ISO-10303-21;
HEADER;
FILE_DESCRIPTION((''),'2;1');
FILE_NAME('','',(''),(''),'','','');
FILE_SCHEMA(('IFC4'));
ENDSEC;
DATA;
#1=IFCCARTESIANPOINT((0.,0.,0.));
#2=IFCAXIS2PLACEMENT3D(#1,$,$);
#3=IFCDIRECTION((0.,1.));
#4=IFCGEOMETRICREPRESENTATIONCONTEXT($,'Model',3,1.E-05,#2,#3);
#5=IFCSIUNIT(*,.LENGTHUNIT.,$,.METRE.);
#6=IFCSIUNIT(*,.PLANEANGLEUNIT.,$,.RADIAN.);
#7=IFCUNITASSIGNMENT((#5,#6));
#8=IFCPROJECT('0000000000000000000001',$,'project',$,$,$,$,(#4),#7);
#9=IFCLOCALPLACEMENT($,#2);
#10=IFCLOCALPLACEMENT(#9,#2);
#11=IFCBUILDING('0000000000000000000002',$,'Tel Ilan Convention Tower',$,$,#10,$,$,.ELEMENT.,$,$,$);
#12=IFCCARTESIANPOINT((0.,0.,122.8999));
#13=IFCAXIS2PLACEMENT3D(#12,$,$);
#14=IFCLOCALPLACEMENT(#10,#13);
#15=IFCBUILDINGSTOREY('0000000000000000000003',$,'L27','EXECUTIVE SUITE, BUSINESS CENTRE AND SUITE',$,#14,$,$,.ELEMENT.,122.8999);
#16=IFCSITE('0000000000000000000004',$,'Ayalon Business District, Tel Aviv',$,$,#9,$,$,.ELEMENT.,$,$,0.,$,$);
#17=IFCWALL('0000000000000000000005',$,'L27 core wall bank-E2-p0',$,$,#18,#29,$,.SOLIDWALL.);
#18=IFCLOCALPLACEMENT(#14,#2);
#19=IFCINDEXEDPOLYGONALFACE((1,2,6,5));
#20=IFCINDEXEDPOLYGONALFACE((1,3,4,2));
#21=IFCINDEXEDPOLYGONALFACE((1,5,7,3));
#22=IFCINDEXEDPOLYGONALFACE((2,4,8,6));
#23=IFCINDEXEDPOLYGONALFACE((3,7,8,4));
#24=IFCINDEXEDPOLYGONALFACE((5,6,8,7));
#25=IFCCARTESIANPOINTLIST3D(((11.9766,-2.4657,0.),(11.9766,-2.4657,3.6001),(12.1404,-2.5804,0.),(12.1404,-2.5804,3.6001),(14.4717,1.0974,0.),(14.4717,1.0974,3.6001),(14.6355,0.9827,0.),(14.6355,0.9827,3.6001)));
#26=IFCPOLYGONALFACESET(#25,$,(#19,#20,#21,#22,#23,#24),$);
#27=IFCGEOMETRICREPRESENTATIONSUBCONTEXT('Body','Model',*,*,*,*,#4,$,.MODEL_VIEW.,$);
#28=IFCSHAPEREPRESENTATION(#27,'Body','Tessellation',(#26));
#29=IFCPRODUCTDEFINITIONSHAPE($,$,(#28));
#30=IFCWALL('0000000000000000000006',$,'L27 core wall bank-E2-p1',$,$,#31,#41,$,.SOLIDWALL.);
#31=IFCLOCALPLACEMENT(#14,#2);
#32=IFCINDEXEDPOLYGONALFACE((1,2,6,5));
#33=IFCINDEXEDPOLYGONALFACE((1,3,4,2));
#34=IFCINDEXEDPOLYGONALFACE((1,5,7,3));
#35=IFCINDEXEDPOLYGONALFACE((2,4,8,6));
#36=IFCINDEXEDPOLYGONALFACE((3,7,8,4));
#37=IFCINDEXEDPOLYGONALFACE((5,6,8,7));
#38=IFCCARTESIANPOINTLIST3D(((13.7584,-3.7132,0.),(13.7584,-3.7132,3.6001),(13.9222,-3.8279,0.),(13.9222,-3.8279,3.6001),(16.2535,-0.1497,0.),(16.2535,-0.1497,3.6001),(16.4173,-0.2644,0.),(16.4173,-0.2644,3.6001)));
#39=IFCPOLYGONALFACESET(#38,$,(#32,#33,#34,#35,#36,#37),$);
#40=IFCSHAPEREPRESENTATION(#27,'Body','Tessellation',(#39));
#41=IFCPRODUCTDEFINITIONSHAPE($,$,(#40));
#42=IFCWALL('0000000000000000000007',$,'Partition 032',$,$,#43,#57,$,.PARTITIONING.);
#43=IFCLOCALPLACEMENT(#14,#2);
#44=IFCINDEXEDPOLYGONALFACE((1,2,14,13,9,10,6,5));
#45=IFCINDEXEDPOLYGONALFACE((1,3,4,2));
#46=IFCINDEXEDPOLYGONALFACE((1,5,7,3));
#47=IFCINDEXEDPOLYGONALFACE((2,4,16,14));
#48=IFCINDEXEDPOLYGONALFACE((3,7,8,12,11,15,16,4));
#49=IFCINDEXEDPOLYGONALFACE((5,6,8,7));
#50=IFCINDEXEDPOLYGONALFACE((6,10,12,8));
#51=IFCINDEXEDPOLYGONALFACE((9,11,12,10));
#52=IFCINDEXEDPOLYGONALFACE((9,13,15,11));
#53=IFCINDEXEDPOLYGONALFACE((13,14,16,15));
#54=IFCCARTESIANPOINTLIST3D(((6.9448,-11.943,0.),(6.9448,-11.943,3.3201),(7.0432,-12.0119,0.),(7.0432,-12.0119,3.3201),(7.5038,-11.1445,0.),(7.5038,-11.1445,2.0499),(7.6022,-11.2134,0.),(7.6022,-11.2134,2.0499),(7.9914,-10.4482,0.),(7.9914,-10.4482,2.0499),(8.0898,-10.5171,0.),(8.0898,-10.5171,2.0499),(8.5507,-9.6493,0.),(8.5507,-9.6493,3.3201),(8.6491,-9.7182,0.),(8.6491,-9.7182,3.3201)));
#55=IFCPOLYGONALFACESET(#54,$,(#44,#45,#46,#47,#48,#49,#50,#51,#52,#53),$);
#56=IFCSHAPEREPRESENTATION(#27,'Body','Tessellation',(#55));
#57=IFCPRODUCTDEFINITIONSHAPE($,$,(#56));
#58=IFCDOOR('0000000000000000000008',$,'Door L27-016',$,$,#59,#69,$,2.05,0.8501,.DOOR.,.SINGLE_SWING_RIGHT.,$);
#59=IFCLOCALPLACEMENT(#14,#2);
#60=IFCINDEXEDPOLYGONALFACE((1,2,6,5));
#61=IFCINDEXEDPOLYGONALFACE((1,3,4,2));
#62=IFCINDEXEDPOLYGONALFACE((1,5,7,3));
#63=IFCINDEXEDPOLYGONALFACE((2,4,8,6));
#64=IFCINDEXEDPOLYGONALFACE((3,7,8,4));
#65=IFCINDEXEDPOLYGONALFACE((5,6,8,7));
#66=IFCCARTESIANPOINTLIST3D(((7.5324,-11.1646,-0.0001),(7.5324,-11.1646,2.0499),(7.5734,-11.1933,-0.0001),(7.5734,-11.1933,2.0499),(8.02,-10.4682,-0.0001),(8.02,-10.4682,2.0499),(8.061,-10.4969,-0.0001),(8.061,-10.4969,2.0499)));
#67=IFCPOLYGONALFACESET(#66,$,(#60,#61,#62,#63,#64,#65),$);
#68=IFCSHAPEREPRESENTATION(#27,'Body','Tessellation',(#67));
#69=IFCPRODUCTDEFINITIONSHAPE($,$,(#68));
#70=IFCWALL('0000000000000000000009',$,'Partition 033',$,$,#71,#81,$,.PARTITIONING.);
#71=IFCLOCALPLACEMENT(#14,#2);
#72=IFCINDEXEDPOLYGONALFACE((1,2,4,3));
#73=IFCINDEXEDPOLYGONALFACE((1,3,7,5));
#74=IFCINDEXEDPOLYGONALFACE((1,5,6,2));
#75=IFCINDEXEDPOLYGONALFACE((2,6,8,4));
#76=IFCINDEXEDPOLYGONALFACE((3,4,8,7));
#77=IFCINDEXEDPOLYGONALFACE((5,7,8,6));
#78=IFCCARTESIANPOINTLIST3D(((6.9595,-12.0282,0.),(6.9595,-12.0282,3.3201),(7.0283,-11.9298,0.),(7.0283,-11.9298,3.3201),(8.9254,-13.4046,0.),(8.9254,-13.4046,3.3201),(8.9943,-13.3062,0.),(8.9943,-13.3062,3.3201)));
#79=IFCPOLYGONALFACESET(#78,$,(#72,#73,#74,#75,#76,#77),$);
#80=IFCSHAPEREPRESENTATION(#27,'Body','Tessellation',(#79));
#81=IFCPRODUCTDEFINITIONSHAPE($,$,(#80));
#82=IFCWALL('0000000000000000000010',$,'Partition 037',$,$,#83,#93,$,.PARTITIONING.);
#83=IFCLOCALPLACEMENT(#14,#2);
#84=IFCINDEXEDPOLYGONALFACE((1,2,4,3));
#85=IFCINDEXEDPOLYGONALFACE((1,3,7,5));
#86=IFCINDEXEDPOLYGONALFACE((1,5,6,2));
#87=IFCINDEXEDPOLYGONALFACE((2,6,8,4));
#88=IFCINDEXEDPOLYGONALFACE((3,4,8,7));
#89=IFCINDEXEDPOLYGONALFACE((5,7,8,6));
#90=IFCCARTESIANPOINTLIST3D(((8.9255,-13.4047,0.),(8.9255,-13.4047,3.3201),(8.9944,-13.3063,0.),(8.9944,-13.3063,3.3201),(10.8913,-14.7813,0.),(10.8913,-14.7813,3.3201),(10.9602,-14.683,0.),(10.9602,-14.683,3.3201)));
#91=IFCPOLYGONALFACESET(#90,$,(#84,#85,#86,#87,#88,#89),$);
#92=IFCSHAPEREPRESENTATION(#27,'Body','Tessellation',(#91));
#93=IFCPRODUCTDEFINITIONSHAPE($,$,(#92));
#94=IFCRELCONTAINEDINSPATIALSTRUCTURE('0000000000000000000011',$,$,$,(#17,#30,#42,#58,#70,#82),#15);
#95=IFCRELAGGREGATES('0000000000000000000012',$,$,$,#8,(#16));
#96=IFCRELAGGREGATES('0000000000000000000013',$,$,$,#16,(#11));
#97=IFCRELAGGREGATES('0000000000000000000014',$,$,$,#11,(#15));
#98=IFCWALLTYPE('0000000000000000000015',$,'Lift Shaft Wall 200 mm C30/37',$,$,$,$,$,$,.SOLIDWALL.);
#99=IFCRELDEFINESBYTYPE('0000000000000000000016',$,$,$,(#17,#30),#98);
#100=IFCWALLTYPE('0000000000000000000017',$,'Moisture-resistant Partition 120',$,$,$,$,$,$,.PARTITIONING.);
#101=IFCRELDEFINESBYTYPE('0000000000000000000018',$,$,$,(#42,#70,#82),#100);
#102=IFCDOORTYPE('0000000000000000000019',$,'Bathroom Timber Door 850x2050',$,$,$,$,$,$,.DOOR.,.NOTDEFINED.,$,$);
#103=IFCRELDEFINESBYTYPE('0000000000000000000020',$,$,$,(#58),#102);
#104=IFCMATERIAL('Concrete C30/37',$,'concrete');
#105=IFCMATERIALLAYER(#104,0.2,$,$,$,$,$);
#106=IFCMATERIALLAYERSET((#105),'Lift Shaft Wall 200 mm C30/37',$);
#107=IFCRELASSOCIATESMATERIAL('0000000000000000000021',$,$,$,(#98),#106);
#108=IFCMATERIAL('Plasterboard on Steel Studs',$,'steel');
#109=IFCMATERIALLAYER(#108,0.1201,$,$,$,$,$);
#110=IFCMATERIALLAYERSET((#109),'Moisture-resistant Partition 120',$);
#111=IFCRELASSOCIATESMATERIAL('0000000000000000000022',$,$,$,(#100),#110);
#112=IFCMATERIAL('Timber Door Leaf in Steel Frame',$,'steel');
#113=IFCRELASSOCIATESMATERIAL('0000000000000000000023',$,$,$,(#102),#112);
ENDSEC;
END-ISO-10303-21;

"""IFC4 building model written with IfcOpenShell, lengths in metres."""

from ifc_helpers import new_model, si_unit, direction, frame, frame_2d, origin, place, context, subcontext, project, spatial, rectangle, extrude, material, layer, layer_set, type_object, element, fill, save


model = new_model("IFC4")

# Units and contexts
model_context = context("Model", 3, precision=1e-05, world=origin(), true_north=direction((0.0, 1.0)))
body_context = subcontext(model_context, "Body", "Model", "MODEL_VIEW")
ifc_project = project(units=[si_unit("LENGTHUNIT", "METRE"), si_unit("PLANEANGLEUNIT", "RADIAN")], contexts=[model_context])

# Site, building, storey
site_placement = place(None, origin())
site = spatial("IfcSite", under=ifc_project, at=site_placement, Name="Ayalon Business District, Tel Aviv", CompositionType="ELEMENT", RefElevation=0.0)
building_placement = place(site_placement, origin())
building = spatial("IfcBuilding", under=site, at=building_placement, Name="Tel Ilan Convention Tower", CompositionType="ELEMENT")
storey_placement = place(building_placement, frame((0.0, 0.0, 122.8999)))
storey = spatial("IfcBuildingStorey", under=building, at=storey_placement, Name="L27", Description="EXECUTIVE SUITE, BUSINESS CENTRE AND SUITE", CompositionType="ELEMENT", Elevation=122.8999)

# Walls
ifc_material_1 = material(Name="Concrete C30/37", Category="concrete")
ifc_layer_1 = layer(ifc_material_1, 0.2)
ifc_layer_set_1 = layer_set([ifc_layer_1], Name="Lift Shaft Wall 200 mm C30/37")
wall_type_1 = type_object("IfcWallType", Name="Lift Shaft Wall 200 mm C30/37", PredefinedType="SOLIDWALL", material=ifc_layer_set_1)
wall_1_placement = place(storey_placement, frame((12.0586, -2.5229, 0.0), z_axis=(0.0, 0.0, 1.0), x_axis=(0.573594, 0.81914, 0.0)))
element("IfcWall", 1, at=wall_1_placement, inside=storey, type_object=wall_type_1, Name="L27 core wall bank-E2-p0", PredefinedType="SOLIDWALL", context=body_context, shape_type="SweptSolid", body=[
    extrude(rectangle(XDim=4.3499, YDim=0.2, at=frame_2d((2.1748, 0.0))), origin(), (0.0, 0.0, 1.0), 3.6001),
])
wall_2_placement = place(storey_placement, frame((13.8403, -3.7705, 0.0), z_axis=(0.0, 0.0, 1.0), x_axis=(0.573568, 0.819158, 0.0)))
element("IfcWall", 2, at=wall_2_placement, inside=storey, type_object=wall_type_1, Name="L27 core wall bank-E2-p1", PredefinedType="SOLIDWALL", context=body_context, shape_type="SweptSolid", body=[
    extrude(rectangle(XDim=4.3501, YDim=0.2, at=frame_2d((2.175, 0.0))), origin(), (0.0, 0.0, 1.0), 3.6001),
])

# Wall, opening, door
ifc_material_2 = material(Name="Plasterboard on Steel Studs", Category="steel")
ifc_layer_2 = layer(ifc_material_2, 0.1201)
ifc_layer_set_2 = layer_set([ifc_layer_2], Name="Moisture-resistant Partition 120")
wall_type_2 = type_object("IfcWallType", Name="Moisture-resistant Partition 120", PredefinedType="PARTITIONING", material=ifc_layer_set_2)
wall_3_placement = place(storey_placement, frame((8.5999, -9.6838, 0.0), z_axis=(0.0, 0.0, 1.0), x_axis=(-0.57355, -0.81917, 0.0)))
wall_3 = element("IfcWall", 3, at=wall_3_placement, inside=storey, type_object=wall_type_2, Name="Partition 032", PredefinedType="PARTITIONING", context=body_context, shape_type="SweptSolid", body=[
    extrude(rectangle(XDim=2.8, YDim=0.1201, at=frame_2d((1.3999, 0.0))), origin(), (0.0, 0.0, 1.0), 3.3201),
])
opening_1_placement = place(wall_3_placement, frame((0.9751, 0.0, 0.0)))
opening_1 = element("IfcOpeningElement", 4, at=opening_1_placement, cuts=wall_3, PredefinedType="OPENING", context=body_context, shape_type="SweptSolid", body=[
    extrude(rectangle(XDim=0.8501, YDim=2.05, at=frame_2d((0.425, 1.0249))), frame((0.0, 0.0701, 0.0), z_axis=(0.0, -1.0, 0.0), x_axis=(1.0, 0.0, 0.0)), (0.0, 0.0, 1.0), 0.1401),
])
ifc_material_3 = material(Name="Timber Door Leaf in Steel Frame", Category="steel")
door_type_1 = type_object("IfcDoorType", Name="Bathroom Timber Door 850x2050", OperationType="NOTDEFINED", PredefinedType="DOOR", material=ifc_material_3)
door_1_placement = place(opening_1_placement, origin())
door_1 = element("IfcDoor", 5, at=door_1_placement, inside=storey, type_object=door_type_1, Name="Door L27-016", OperationType="SINGLE_SWING_RIGHT", OverallHeight=2.05, OverallWidth=0.8501, PredefinedType="DOOR", context=body_context, shape_type="SweptSolid", body=[
    extrude(rectangle(XDim=0.8501, YDim=2.05, at=frame_2d((0.425, 1.0249))), frame((0.0, 0.0249, 0.0), z_axis=(0.0, -1.0, 0.0), x_axis=(1.0, 0.0, 0.0)), (0.0, 0.0, 1.0), 0.05),
])
fill(opening_1, door_1)

# Walls
for number, where, z_axis, x_axis, name in (
    (6, (6.9939, -11.979, 0.0), (0.0, 0.0, 1.0), (0.819189, -0.573524, 0.0), "Partition 033"),
    (7, (8.96, -13.3555, 0.0), (0.0, 0.0, 1.0), (0.819108, -0.57364, 0.0), "Partition 037"),
):
    element("IfcWall", number, at=place(storey_placement, frame(where, z_axis=z_axis, x_axis=x_axis)), inside=storey, type_object=wall_type_2, Name=name, PredefinedType="PARTITIONING", context=body_context, shape_type="SweptSolid", body=[
        extrude(rectangle(XDim=2.3999, YDim=0.1201, at=frame_2d((1.2, 0.0))), origin(), (0.0, 0.0, 1.0), 3.3201),
    ])

save(model, "model.ifc")
